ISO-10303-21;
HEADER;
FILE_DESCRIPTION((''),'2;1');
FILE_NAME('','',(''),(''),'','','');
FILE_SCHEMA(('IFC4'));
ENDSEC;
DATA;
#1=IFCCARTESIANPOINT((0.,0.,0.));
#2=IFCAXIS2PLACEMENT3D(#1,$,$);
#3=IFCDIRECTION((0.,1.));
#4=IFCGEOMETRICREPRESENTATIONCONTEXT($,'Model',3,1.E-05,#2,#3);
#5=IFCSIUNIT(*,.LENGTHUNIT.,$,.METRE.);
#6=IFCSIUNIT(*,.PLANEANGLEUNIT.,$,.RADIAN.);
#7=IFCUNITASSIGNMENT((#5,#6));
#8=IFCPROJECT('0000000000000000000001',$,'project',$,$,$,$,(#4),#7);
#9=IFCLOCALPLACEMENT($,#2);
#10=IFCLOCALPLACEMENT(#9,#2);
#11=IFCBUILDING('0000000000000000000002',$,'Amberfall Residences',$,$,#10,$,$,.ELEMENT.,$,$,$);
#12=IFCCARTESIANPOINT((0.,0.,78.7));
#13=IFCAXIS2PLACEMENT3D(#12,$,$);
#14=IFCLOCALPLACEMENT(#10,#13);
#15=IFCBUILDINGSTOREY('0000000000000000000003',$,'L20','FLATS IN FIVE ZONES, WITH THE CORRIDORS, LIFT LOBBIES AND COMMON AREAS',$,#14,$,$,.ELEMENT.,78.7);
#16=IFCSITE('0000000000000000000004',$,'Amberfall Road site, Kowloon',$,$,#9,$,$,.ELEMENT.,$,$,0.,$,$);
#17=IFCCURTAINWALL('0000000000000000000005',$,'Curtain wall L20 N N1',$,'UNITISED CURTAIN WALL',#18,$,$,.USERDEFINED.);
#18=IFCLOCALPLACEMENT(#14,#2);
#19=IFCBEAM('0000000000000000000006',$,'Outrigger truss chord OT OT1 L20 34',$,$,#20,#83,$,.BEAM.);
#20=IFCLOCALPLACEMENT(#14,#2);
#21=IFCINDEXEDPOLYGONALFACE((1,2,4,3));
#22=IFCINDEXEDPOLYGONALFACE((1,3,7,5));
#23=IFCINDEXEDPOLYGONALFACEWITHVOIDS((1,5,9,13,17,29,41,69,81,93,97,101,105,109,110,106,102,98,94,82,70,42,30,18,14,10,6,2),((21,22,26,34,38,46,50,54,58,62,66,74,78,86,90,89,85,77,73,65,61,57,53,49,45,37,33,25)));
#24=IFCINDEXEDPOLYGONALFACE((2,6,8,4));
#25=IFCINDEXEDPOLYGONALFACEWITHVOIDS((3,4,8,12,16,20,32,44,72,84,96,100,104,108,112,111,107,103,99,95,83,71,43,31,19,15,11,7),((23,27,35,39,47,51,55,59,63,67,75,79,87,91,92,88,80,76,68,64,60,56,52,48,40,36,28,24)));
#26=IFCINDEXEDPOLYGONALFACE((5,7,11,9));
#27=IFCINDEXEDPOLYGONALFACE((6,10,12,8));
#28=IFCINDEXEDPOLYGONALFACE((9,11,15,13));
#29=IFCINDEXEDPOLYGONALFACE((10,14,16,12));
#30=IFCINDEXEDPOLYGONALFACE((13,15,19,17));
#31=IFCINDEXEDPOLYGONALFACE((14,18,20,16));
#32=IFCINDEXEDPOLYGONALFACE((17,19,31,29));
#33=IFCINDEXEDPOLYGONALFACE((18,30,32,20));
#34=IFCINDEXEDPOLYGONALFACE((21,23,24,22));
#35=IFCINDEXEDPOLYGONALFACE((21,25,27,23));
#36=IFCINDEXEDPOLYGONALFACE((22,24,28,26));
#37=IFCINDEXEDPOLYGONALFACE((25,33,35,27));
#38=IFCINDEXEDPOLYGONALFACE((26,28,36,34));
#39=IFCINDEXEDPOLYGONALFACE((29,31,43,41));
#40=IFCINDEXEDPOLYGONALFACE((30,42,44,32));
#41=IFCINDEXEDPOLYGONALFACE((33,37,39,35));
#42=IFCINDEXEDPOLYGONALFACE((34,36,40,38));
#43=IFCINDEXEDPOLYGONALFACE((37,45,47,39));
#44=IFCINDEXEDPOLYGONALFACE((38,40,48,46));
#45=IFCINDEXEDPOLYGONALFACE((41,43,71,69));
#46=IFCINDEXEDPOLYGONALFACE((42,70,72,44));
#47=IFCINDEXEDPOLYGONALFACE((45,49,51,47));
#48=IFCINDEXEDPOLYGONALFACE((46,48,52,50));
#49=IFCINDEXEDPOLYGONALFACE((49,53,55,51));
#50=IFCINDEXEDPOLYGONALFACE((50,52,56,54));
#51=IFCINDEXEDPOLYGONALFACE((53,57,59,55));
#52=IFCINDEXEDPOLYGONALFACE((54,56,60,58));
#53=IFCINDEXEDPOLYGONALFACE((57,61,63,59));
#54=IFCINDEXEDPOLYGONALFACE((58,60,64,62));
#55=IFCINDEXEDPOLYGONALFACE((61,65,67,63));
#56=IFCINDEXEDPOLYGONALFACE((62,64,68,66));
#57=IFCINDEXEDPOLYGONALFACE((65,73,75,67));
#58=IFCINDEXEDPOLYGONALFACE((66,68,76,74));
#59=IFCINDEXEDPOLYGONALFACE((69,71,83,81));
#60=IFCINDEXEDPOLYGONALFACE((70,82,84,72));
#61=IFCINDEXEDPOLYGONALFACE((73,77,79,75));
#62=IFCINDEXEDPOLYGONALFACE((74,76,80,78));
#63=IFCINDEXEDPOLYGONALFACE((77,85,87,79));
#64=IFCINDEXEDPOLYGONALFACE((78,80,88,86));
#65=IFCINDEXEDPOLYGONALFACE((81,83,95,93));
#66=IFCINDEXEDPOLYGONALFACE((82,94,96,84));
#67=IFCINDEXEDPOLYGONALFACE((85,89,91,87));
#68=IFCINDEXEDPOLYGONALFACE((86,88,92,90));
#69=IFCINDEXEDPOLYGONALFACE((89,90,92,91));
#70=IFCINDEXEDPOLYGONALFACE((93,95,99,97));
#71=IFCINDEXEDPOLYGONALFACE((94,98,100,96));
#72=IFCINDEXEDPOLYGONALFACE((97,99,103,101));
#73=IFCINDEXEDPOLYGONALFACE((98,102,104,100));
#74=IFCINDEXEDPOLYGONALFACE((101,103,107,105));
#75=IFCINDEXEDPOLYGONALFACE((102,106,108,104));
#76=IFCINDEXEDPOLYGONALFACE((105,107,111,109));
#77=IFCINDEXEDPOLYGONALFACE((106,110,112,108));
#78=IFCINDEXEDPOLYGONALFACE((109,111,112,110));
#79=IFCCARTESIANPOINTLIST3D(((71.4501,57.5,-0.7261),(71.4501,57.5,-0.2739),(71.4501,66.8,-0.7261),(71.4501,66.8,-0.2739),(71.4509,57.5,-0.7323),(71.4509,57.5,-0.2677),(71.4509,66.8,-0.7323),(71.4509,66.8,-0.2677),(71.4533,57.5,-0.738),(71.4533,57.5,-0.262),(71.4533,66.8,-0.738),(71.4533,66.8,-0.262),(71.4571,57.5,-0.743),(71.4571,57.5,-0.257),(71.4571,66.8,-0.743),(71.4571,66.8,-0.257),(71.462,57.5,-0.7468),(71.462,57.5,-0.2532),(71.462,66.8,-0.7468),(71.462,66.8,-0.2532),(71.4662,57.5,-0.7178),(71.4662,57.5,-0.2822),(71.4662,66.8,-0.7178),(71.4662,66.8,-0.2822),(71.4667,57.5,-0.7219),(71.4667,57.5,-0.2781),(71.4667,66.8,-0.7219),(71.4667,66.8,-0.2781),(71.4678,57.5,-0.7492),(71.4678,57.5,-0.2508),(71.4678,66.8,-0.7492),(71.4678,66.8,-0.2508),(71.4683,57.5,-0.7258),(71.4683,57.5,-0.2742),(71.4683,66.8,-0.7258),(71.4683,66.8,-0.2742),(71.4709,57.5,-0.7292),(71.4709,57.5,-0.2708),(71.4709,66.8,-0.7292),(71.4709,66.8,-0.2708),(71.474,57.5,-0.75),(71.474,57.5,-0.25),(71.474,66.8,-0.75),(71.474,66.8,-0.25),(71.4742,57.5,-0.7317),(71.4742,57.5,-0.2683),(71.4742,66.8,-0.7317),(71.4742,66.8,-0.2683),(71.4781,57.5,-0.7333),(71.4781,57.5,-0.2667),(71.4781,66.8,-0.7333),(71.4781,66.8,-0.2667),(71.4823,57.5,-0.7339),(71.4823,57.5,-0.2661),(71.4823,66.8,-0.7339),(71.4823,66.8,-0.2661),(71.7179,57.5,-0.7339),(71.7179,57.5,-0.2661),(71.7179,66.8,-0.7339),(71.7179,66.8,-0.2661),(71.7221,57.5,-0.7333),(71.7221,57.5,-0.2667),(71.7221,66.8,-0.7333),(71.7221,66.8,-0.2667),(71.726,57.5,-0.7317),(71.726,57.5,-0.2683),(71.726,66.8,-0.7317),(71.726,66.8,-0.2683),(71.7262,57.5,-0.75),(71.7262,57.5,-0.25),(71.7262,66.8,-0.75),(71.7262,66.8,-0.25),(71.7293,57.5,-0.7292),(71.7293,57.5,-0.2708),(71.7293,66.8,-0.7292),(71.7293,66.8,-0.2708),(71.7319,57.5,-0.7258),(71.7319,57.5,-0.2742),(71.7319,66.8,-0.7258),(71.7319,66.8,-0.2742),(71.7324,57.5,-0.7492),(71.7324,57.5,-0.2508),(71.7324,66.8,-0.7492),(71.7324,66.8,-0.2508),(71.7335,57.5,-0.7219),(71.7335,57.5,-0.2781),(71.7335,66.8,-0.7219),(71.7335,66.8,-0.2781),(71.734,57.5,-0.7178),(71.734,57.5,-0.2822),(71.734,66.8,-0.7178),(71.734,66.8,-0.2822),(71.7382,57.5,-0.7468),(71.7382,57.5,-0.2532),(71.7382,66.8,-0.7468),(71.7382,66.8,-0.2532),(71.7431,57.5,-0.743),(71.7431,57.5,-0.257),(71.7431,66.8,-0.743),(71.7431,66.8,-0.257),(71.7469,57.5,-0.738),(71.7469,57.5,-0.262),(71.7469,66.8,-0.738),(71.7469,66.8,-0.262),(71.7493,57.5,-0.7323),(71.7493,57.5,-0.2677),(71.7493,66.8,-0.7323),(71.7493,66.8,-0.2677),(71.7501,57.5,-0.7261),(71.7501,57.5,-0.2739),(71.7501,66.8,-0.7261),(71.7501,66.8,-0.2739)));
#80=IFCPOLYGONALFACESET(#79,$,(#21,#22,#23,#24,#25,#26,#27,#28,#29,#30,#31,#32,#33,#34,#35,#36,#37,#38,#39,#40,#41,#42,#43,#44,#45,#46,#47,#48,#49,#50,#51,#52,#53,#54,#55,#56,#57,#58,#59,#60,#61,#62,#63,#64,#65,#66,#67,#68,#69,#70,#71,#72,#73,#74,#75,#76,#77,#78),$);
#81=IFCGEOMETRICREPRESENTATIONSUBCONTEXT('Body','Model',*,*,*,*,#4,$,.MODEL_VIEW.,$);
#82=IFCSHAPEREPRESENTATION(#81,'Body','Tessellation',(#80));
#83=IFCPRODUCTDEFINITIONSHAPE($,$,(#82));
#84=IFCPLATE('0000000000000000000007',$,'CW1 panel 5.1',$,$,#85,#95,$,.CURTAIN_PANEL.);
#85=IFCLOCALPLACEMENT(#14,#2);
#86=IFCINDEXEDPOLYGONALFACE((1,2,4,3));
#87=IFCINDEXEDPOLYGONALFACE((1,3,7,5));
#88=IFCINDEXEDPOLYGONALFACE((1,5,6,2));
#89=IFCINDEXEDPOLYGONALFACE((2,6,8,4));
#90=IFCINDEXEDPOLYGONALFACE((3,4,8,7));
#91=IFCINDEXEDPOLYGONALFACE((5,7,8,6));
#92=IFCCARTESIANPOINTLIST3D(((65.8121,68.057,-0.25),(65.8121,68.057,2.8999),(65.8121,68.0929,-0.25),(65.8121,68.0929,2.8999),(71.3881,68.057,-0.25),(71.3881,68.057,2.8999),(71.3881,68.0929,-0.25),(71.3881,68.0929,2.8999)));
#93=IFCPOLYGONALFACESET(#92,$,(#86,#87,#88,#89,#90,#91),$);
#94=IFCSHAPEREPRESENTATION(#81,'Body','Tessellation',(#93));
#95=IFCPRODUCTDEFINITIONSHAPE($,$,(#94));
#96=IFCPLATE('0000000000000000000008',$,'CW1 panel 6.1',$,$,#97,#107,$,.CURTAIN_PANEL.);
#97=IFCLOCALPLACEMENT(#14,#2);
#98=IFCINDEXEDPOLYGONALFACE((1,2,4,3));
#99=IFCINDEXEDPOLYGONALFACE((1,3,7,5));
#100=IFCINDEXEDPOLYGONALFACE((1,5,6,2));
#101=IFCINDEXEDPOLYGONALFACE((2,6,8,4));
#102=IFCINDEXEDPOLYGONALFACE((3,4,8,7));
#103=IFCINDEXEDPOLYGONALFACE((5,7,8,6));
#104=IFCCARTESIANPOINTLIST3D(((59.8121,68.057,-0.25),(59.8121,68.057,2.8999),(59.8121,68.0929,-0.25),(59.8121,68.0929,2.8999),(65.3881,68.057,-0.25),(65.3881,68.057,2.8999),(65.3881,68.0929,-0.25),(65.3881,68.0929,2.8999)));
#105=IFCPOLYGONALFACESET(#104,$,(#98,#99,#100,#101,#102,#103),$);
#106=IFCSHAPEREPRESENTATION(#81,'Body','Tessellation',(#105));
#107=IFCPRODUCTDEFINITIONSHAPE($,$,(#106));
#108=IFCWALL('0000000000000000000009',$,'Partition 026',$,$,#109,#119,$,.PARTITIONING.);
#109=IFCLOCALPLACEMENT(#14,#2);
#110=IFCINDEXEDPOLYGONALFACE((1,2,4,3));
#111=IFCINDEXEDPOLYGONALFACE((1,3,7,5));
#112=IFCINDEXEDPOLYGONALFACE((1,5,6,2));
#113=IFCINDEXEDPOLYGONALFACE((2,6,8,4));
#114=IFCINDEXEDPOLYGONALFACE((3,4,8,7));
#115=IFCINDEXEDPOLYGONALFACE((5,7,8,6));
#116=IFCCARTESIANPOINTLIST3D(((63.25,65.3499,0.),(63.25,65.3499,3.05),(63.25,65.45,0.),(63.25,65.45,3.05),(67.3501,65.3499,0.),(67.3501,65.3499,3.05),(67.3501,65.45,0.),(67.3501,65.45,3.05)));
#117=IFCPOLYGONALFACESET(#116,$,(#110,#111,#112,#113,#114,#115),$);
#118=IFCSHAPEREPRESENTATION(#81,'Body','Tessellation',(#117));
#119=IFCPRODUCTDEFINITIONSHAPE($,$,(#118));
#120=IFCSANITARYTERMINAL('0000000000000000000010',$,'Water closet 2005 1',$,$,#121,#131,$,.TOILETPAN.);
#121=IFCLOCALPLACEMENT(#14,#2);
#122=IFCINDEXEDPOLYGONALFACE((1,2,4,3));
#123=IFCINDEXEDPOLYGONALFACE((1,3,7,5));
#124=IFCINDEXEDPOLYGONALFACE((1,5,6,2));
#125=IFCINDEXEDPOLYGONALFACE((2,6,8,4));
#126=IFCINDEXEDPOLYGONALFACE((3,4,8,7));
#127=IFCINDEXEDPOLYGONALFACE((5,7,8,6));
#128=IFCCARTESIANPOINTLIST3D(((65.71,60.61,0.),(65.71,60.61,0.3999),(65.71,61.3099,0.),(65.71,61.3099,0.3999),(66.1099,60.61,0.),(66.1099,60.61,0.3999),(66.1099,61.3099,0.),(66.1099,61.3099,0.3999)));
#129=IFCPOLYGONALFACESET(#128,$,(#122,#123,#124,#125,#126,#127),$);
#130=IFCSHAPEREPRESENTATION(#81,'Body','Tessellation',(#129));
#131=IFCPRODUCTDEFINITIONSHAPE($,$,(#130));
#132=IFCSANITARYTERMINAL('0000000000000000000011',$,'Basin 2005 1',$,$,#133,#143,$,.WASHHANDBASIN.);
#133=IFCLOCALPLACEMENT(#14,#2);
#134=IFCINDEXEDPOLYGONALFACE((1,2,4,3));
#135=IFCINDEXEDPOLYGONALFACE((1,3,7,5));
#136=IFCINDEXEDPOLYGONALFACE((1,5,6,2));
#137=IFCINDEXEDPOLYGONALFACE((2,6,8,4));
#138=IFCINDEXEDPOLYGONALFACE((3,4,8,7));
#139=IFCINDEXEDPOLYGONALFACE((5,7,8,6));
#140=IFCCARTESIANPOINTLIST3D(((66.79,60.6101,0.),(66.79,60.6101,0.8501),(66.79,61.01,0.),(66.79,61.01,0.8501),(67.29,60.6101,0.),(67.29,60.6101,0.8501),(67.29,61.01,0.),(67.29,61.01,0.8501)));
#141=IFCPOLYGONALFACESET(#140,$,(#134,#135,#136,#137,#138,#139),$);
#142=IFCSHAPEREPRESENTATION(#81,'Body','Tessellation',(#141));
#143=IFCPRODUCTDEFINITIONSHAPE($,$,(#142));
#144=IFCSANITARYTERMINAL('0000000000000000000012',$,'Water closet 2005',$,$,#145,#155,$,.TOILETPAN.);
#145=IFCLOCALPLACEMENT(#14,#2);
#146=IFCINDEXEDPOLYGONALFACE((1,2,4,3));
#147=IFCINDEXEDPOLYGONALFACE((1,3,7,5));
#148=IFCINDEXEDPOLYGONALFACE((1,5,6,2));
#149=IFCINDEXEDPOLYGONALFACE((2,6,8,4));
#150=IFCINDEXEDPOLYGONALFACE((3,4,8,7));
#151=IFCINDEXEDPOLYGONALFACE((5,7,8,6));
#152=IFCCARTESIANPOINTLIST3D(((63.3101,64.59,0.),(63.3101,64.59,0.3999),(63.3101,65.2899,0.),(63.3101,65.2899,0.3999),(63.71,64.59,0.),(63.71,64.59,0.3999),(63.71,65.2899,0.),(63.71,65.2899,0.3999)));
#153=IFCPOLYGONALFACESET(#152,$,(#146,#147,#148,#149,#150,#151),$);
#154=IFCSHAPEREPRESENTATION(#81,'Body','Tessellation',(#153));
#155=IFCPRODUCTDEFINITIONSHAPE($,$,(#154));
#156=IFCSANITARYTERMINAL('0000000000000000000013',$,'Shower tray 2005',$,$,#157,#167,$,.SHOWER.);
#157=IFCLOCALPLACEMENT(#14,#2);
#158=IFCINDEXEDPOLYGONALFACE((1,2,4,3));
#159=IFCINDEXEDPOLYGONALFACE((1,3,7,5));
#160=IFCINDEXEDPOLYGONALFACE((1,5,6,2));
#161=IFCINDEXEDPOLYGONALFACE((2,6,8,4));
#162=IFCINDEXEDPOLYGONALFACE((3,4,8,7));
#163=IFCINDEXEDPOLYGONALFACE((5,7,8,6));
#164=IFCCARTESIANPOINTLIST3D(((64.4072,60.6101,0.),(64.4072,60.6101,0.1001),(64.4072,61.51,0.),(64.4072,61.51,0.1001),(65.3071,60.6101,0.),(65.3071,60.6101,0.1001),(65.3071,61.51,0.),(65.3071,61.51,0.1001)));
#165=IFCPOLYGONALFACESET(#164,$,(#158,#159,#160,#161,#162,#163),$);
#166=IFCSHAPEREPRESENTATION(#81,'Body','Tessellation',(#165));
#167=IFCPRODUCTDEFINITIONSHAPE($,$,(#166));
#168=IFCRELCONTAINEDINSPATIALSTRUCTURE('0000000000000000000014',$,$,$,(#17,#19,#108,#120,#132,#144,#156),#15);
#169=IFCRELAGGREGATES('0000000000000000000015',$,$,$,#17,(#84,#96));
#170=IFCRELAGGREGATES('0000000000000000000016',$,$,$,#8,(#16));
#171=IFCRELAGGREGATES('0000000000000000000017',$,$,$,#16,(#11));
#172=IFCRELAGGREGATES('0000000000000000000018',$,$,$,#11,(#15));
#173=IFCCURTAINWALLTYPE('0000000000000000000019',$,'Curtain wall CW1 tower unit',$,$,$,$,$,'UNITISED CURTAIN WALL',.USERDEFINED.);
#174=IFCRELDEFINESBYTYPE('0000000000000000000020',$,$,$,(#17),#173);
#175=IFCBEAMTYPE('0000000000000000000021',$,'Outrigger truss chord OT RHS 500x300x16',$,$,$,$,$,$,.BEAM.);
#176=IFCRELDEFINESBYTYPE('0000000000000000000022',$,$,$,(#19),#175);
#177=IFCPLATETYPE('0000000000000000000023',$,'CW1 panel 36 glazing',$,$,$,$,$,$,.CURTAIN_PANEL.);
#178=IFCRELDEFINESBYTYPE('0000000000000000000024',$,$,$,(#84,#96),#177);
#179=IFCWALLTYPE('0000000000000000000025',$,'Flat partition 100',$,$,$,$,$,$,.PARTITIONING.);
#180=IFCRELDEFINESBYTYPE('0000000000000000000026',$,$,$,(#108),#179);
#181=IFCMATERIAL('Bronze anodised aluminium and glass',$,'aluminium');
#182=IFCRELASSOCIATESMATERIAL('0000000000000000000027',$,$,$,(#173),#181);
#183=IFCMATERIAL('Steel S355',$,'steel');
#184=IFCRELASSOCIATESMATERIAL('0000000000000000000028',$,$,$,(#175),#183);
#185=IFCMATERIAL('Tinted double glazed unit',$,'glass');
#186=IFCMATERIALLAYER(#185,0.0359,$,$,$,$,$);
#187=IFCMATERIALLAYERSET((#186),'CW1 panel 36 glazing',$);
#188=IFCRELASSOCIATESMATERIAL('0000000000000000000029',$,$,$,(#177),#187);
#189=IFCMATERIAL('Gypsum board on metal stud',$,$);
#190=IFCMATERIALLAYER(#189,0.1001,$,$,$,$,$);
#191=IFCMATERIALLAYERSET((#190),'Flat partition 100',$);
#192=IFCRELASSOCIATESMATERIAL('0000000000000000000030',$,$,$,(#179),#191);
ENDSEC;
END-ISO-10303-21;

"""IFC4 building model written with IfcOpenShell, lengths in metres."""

from ifc_helpers import new_model, si_unit, direction, frame, frame_2d, origin, origin_2d, place, context, subcontext, project, spatial, rectangle, hollow_rectangle, extrude, material, layer, layer_set, material_profile, profile_set, type_object, element, aggregate, save


model = new_model("IFC4")

# Units and contexts
model_context = context("Model", 3, precision=1e-05, world=origin(), true_north=direction((0.0, 1.0)))
body_context = subcontext(model_context, "Body", "Model", "MODEL_VIEW")
ifc_project = project(units=[si_unit("LENGTHUNIT", "METRE"), si_unit("PLANEANGLEUNIT", "RADIAN")], contexts=[model_context])

# Site, building, storey
site_placement = place(None, origin())
site = spatial("IfcSite", under=ifc_project, at=site_placement, Name="Amberfall Road site, Kowloon", CompositionType="ELEMENT", RefElevation=0.0)
building_placement = place(site_placement, origin())
building = spatial("IfcBuilding", under=site, at=building_placement, Name="Amberfall Residences", CompositionType="ELEMENT")
storey_placement = place(building_placement, frame((0.0, 0.0, 78.7)))
storey = spatial("IfcBuildingStorey", under=building, at=storey_placement, Name="L20", Description="FLATS IN FIVE ZONES, WITH THE CORRIDORS, LIFT LOBBIES AND COMMON AREAS", CompositionType="ELEMENT", Elevation=78.7)

# Shared definitions
ifc_material_1 = material(Name="Steel S355", Category="steel")

# Curtain wall
ifc_material_2 = material(Name="Bronze anodised aluminium and glass", Category="aluminium")
curtain_wall_type = type_object("IfcCurtainWallType", Name="Curtain wall CW1 tower unit", ElementType="UNITISED CURTAIN WALL", PredefinedType="USERDEFINED", material=ifc_material_2)
curtain_wall_placement = place(storey_placement, origin())
curtain_wall = element("IfcCurtainWall", 1, at=curtain_wall_placement, inside=storey, type_object=curtain_wall_type, Name="Curtain wall L20 N N1", ObjectType="UNITISED CURTAIN WALL", PredefinedType="USERDEFINED")

# Beam
ifc_material_profile_1 = material_profile(ifc_material_1, hollow_rectangle(XDim=0.3, YDim=0.5, WallThickness=0.0161, InnerFilletRadius=0.0161, OuterFilletRadius=0.0239, at=origin_2d()), Name="RHS 500x300x16")
ifc_profile_set_1 = profile_set([ifc_material_profile_1], Name="Steel S355")
beam_type_1 = type_object("IfcBeamType", Name="Outrigger truss chord OT RHS 500x300x16", PredefinedType="BEAM", material=ifc_profile_set_1)
beam_1_placement = place(storey_placement, frame((71.6001, 66.8, -0.5), z_axis=(0.0, -1.0, 0.0), x_axis=(1.0, 0.0, 0.0)))
element("IfcBeam", 2, at=beam_1_placement, inside=storey, type_object=beam_type_1, Name="Outrigger truss chord OT OT1 L20 34", PredefinedType="BEAM", context=body_context, shape_type="SweptSolid", body=[
    extrude(hollow_rectangle(XDim=0.3, YDim=0.5, WallThickness=0.0161, InnerFilletRadius=0.0161, OuterFilletRadius=0.0239, at=origin_2d()), origin(), (0.0, 0.0, 1.0), 9.3),
])

# Plates
ifc_material_3 = material(Name="Tinted double glazed unit", Category="glass")
ifc_layer_1 = layer(ifc_material_3, 0.0359)
ifc_layer_set_1 = layer_set([ifc_layer_1], Name="CW1 panel 36 glazing")
plate_type = type_object("IfcPlateType", Name="CW1 panel 36 glazing", PredefinedType="CURTAIN_PANEL", material=ifc_layer_set_1)
plate_1_placement = place(storey_placement, frame((68.6001, 68.075, -0.25), z_axis=(0.0, 0.0, 1.0), x_axis=(-1.0, 0.0, 0.0)))
plate_1 = element("IfcPlate", 3, at=plate_1_placement, type_object=plate_type, Name="CW1 panel 5.1", PredefinedType="CURTAIN_PANEL", context=body_context, shape_type="SweptSolid", body=[
    extrude(rectangle(XDim=5.5759, YDim=0.0359, at=origin_2d()), origin(), (0.0, 0.0, 1.0), 3.1499),
])
plate_2_placement = place(storey_placement, frame((62.6001, 68.075, -0.25), z_axis=(0.0, 0.0, 1.0), x_axis=(-1.0, 0.0, 0.0)))
plate_2 = element("IfcPlate", 4, at=plate_2_placement, type_object=plate_type, Name="CW1 panel 6.1", PredefinedType="CURTAIN_PANEL", context=body_context, shape_type="SweptSolid", body=[
    extrude(rectangle(XDim=5.5759, YDim=0.0359, at=origin_2d()), origin(), (0.0, 0.0, 1.0), 3.1499),
])
aggregate(curtain_wall, [plate_1, plate_2])

# Wall
ifc_material_4 = material(Name="Gypsum board on metal stud")
ifc_layer_2 = layer(ifc_material_4, 0.1001)
ifc_layer_set_2 = layer_set([ifc_layer_2], Name="Flat partition 100")
wall_type = type_object("IfcWallType", Name="Flat partition 100", PredefinedType="PARTITIONING", material=ifc_layer_set_2)
wall_placement = place(storey_placement, frame((63.25, 65.3999, 0.0), z_axis=(0.0, 0.0, 1.0), x_axis=(1.0, 0.0, 0.0)))
element("IfcWall", 5, at=wall_placement, inside=storey, type_object=wall_type, Name="Partition 026", PredefinedType="PARTITIONING", context=body_context, shape_type="SweptSolid", body=[
    extrude(rectangle(XDim=4.1001, YDim=0.1001, at=frame_2d((2.05, 0.0))), origin(), (0.0, 0.0, 1.0), 3.05),
])

# Sanitary terminals
sanitary_terminal_1_placement = place(storey_placement, frame((65.9099, 60.96, 0.0), z_axis=(0.0, 0.0, 1.0), x_axis=(1.0, 0.0, 0.0)))
element("IfcSanitaryTerminal", 6, at=sanitary_terminal_1_placement, inside=storey, Name="Water closet 2005 1", PredefinedType="TOILETPAN", context=body_context, shape_type="SweptSolid", body=[
    extrude(rectangle(XDim=0.3999, YDim=0.7, at=origin_2d()), origin(), (0.0, 0.0, 1.0), 0.3999),
])
sanitary_terminal_2_placement = place(storey_placement, frame((67.04, 60.8101, 0.0), z_axis=(0.0, 0.0, 1.0), x_axis=(1.0, 0.0, 0.0)))
element("IfcSanitaryTerminal", 7, at=sanitary_terminal_2_placement, inside=storey, Name="Basin 2005 1", PredefinedType="WASHHANDBASIN", context=body_context, shape_type="SweptSolid", body=[
    extrude(rectangle(XDim=0.5, YDim=0.3999, at=origin_2d()), origin(), (0.0, 0.0, 1.0), 0.8501),
])
sanitary_terminal_3_placement = place(storey_placement, frame((63.51, 64.9399, 0.0), z_axis=(0.0, 0.0, 1.0), x_axis=(1.0, 0.0, 0.0)))
element("IfcSanitaryTerminal", 8, at=sanitary_terminal_3_placement, inside=storey, Name="Water closet 2005", PredefinedType="TOILETPAN", context=body_context, shape_type="SweptSolid", body=[
    extrude(rectangle(XDim=0.3999, YDim=0.7, at=origin_2d()), origin(), (0.0, 0.0, 1.0), 0.3999),
])
sanitary_terminal_4_placement = place(storey_placement, frame((64.8572, 61.0601, 0.0), z_axis=(0.0, 0.0, 1.0), x_axis=(1.0, 0.0, 0.0)))
element("IfcSanitaryTerminal", 9, at=sanitary_terminal_4_placement, inside=storey, Name="Shower tray 2005", PredefinedType="SHOWER", context=body_context, shape_type="SweptSolid", body=[
    extrude(rectangle(XDim=0.8999, YDim=0.8999, at=origin_2d()), origin(), (0.0, 0.0, 1.0), 0.1001),
])

save(model, "model.ifc")
